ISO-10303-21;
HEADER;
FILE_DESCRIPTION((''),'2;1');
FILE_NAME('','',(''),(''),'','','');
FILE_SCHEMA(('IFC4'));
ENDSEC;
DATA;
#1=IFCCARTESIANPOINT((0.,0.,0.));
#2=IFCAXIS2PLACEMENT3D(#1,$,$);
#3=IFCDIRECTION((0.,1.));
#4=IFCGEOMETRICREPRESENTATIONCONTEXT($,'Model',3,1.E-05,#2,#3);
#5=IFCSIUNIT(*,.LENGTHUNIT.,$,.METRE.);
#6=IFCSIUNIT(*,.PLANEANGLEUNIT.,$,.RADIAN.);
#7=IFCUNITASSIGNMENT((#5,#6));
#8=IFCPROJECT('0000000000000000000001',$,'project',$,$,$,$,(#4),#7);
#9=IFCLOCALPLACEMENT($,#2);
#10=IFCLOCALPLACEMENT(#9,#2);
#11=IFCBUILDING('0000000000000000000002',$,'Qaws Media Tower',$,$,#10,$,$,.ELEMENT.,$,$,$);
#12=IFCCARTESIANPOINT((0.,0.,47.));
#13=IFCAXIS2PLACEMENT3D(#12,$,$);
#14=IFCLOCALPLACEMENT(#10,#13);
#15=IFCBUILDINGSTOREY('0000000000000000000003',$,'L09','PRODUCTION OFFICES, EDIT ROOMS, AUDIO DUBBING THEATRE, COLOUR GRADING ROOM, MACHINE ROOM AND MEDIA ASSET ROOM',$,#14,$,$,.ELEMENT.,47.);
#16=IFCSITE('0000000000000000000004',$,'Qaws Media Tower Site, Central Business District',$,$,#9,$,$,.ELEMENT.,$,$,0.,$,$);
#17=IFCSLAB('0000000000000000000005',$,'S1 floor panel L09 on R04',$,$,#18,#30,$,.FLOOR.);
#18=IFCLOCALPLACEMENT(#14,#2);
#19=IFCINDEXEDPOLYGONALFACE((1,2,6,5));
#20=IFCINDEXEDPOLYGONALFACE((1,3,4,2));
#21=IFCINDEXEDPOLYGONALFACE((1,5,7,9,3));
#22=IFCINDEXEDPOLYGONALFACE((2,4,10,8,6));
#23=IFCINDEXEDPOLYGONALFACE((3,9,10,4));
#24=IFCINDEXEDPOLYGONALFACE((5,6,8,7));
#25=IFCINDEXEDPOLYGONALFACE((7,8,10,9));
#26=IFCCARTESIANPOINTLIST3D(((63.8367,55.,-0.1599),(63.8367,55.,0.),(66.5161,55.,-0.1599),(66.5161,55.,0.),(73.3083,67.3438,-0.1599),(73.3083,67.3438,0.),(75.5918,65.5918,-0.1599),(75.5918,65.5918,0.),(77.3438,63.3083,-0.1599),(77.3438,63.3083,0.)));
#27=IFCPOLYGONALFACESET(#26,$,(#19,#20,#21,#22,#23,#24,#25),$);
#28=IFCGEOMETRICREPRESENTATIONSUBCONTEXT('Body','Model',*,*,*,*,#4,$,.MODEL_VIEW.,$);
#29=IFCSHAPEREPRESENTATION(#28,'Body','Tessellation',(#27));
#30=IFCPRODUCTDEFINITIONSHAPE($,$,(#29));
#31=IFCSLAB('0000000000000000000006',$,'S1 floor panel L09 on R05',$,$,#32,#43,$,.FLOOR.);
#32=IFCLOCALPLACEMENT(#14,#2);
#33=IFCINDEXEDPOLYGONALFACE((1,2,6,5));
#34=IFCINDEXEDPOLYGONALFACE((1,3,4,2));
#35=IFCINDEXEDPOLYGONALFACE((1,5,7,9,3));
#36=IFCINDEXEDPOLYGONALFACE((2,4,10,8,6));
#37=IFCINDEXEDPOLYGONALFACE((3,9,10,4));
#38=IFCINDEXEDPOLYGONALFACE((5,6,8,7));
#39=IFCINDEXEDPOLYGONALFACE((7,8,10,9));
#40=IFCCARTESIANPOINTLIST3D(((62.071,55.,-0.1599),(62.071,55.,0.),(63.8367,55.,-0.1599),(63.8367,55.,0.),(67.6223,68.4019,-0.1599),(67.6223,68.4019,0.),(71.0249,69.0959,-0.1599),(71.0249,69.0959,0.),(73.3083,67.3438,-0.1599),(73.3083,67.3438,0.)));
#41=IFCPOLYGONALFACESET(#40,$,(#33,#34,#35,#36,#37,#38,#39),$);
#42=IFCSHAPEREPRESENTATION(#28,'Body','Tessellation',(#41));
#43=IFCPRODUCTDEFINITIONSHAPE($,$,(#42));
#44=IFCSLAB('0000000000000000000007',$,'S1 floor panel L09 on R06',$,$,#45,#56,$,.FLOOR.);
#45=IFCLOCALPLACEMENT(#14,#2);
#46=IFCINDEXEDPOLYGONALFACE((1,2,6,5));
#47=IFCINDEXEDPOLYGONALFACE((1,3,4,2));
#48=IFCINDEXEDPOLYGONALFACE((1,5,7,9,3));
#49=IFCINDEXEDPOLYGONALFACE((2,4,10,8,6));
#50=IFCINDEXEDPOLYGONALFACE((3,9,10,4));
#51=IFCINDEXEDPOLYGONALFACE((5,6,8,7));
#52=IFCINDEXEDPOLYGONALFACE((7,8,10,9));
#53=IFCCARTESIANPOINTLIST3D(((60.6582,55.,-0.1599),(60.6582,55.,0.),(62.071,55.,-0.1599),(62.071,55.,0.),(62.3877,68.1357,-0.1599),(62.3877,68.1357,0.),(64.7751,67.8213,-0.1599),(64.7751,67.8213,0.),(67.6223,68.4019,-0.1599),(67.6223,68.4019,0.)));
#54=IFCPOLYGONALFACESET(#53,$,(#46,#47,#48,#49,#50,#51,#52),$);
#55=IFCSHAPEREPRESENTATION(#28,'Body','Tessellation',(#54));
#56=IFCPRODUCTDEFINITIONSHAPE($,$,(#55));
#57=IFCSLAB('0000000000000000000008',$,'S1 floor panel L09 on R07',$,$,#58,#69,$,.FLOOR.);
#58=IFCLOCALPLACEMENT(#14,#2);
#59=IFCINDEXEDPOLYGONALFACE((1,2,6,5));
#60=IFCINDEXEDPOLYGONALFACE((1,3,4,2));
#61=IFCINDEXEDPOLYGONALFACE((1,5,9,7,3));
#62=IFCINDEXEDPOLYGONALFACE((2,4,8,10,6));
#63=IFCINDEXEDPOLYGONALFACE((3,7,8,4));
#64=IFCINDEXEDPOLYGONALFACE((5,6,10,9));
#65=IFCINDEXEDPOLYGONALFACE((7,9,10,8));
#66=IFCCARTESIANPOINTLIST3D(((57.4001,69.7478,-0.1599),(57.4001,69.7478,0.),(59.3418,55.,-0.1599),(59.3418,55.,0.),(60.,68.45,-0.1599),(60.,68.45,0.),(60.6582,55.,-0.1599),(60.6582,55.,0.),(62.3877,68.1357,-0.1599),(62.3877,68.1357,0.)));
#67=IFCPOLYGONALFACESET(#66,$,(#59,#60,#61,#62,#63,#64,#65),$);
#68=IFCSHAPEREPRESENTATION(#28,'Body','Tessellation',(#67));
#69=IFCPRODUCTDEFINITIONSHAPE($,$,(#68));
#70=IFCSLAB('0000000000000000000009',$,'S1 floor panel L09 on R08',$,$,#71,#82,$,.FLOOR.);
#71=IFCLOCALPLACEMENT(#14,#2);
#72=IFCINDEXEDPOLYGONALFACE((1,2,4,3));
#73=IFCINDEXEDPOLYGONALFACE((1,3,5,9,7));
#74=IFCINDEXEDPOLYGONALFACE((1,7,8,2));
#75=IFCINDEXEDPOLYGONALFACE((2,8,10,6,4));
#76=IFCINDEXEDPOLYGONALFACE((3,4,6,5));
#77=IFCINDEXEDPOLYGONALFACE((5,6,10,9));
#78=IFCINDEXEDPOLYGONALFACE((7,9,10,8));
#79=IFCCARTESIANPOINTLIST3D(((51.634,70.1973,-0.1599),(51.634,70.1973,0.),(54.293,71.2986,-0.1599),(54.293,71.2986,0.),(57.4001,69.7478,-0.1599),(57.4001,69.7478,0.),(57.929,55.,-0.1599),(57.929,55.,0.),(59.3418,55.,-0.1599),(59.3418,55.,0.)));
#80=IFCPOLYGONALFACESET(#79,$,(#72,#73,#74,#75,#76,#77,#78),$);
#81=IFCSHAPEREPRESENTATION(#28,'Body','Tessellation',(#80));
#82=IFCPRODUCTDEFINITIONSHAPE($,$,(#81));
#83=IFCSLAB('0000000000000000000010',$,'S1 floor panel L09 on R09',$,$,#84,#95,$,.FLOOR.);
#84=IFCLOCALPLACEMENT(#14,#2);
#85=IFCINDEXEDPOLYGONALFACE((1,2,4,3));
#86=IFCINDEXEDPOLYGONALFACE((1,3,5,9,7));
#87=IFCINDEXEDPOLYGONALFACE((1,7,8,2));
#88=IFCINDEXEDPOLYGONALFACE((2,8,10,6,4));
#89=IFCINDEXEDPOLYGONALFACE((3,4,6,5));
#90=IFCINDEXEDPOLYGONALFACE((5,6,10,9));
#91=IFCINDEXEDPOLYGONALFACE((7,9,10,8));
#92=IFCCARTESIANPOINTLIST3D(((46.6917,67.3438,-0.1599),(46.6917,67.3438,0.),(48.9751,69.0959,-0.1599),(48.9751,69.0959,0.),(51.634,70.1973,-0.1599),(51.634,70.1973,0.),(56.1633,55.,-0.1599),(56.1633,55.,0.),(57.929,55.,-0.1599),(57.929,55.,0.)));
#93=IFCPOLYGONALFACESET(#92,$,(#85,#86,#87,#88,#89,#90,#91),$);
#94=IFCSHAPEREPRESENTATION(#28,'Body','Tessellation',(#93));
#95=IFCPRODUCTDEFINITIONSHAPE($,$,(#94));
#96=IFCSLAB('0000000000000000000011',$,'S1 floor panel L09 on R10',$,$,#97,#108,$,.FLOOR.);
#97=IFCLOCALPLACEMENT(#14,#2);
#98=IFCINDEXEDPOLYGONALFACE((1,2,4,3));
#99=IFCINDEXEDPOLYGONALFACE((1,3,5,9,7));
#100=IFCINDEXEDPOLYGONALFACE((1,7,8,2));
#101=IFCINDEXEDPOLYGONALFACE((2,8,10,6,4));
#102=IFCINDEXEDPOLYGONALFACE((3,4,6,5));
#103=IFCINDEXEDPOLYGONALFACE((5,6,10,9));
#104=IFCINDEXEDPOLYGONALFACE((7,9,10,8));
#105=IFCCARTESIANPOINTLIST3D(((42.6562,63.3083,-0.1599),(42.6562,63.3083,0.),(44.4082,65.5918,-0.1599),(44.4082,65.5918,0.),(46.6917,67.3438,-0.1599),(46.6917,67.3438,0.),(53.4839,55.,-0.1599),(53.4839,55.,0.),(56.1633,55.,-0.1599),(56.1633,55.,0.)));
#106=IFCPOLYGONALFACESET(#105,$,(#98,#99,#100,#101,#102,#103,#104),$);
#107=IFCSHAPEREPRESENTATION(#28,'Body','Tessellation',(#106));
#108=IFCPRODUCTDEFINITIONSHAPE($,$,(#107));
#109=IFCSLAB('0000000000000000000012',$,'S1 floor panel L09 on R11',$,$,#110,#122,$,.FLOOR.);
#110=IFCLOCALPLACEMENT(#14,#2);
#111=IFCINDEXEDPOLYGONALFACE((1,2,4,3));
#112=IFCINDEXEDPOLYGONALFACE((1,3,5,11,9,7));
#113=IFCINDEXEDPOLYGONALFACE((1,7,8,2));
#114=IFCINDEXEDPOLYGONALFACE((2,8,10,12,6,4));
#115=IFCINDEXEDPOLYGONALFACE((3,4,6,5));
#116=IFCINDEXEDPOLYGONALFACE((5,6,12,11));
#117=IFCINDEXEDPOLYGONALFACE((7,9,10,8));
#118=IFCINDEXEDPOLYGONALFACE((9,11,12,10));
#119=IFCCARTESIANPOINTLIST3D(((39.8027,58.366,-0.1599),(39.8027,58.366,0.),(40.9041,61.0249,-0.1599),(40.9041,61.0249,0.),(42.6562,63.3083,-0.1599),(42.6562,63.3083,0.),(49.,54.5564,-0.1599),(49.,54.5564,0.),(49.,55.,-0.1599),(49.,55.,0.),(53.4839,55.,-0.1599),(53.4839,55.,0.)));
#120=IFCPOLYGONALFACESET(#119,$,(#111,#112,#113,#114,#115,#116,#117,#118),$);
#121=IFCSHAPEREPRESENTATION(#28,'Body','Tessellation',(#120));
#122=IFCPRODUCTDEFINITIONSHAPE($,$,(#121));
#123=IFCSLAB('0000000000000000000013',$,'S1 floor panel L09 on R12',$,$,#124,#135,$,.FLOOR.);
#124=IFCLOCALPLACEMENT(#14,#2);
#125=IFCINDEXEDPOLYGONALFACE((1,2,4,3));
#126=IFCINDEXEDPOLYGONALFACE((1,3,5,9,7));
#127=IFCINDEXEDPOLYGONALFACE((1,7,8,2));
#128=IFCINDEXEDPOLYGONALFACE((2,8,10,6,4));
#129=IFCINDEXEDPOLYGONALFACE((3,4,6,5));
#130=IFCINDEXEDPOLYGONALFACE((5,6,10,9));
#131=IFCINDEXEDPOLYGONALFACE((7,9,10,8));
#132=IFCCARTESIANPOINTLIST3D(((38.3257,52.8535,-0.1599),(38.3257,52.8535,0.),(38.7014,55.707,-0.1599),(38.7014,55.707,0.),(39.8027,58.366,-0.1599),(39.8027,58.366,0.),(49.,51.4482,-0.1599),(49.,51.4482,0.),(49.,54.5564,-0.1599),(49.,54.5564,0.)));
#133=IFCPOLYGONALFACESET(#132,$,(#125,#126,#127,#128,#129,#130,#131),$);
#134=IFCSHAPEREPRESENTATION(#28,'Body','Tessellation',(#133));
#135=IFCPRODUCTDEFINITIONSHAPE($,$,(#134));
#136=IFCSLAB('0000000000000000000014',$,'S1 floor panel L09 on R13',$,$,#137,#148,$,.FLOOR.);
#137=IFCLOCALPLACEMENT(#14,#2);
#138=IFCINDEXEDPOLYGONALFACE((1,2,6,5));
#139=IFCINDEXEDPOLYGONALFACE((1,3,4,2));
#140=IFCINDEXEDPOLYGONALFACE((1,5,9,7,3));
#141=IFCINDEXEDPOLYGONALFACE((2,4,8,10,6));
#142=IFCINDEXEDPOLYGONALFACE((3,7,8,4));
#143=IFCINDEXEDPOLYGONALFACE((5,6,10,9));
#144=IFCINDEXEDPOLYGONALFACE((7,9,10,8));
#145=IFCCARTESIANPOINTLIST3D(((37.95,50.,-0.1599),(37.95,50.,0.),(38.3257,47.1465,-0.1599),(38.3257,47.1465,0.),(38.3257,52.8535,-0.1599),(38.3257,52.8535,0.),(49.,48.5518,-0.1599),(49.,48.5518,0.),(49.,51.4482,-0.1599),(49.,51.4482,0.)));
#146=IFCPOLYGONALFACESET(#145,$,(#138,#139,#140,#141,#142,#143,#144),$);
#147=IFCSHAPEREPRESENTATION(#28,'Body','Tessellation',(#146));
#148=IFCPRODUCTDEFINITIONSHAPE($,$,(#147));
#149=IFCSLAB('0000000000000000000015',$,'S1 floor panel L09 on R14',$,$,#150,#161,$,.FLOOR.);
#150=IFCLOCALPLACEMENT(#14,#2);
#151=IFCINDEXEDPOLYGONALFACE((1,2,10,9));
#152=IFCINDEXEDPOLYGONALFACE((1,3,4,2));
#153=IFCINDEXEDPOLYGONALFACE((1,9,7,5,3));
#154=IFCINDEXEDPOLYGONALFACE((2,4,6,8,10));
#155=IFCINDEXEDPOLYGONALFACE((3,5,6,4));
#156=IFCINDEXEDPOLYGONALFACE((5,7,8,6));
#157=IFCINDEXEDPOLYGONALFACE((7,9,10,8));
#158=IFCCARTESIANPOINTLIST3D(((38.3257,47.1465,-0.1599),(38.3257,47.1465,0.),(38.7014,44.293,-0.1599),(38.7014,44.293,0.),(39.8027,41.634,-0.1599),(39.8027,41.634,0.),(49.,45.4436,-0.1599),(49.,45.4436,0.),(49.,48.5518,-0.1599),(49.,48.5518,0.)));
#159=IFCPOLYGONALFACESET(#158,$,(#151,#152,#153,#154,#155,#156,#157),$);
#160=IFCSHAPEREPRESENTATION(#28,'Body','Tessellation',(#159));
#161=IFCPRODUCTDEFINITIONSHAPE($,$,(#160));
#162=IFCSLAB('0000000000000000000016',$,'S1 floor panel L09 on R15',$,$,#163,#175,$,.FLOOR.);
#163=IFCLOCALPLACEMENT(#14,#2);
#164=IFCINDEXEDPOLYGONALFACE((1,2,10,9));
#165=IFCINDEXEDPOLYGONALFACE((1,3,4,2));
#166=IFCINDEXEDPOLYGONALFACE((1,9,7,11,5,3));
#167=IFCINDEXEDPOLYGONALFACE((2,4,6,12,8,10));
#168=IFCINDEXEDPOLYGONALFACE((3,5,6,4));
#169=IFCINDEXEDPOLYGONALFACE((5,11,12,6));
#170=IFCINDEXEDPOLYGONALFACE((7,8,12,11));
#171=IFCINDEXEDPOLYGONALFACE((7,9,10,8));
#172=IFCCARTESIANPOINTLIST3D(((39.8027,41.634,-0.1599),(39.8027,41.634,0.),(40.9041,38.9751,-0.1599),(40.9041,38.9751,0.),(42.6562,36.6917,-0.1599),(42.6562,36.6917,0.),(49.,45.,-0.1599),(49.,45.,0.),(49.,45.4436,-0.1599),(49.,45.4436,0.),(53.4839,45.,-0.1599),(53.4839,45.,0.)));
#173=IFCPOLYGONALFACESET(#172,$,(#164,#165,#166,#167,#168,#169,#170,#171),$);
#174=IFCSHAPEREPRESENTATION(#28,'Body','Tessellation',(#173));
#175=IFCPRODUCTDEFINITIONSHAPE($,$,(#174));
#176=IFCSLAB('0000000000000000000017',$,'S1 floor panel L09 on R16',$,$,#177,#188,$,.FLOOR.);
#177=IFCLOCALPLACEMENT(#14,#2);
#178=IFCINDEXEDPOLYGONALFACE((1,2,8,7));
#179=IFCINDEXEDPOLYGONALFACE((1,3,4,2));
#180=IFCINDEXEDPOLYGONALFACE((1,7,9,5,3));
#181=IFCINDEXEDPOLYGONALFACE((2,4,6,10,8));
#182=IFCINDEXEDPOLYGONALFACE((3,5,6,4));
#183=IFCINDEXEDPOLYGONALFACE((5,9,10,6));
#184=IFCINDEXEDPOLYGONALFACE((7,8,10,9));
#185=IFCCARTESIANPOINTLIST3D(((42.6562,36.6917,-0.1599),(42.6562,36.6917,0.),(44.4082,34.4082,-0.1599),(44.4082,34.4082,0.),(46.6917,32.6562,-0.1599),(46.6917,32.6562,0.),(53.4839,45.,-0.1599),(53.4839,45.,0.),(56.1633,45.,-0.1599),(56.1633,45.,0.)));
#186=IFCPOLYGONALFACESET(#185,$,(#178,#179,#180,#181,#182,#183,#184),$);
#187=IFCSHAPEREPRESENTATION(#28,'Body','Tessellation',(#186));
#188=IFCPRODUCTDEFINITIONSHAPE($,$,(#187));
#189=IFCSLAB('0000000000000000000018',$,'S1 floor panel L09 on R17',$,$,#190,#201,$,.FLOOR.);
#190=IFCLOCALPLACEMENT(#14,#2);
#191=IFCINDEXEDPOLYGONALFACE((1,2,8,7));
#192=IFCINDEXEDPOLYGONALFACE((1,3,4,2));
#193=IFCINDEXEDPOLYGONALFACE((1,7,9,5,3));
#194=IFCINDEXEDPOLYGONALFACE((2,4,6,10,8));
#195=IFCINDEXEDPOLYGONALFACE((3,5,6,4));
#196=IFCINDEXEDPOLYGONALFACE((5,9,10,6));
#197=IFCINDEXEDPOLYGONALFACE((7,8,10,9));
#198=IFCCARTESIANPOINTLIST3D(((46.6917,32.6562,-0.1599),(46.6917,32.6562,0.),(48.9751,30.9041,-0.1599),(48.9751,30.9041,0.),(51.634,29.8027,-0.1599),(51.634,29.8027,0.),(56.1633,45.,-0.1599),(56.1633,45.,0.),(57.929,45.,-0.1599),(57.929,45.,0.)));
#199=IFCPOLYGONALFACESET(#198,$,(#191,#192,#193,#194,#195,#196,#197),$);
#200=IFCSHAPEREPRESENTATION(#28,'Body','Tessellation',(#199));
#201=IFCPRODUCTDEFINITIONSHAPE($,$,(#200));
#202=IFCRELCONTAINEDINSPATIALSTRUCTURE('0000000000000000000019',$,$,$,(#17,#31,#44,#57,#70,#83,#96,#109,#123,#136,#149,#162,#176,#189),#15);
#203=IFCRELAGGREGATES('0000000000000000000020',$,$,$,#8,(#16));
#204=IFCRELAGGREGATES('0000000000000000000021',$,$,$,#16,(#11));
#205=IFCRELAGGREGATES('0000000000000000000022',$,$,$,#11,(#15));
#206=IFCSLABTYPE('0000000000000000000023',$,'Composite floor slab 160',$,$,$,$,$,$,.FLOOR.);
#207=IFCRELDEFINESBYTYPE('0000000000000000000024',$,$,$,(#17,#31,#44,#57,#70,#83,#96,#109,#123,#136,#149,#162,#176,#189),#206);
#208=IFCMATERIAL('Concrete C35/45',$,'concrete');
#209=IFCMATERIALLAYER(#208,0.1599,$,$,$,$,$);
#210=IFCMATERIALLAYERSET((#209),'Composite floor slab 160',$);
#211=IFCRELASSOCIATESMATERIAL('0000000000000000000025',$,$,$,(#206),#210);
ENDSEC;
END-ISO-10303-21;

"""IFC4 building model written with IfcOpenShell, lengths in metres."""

from ifc_helpers import new_model, si_unit, direction, frame, origin, place, context, subcontext, project, spatial, polyline, outline, extrude, material, layer, layer_set, type_object, element, save


model = new_model("IFC4")

# Units and contexts
model_context = context("Model", 3, precision=1e-05, world=origin(), true_north=direction((0.0, 1.0)))
body_context = subcontext(model_context, "Body", "Model", "MODEL_VIEW")
ifc_project = project(units=[si_unit("LENGTHUNIT", "METRE"), si_unit("PLANEANGLEUNIT", "RADIAN")], contexts=[model_context])

# Site, building, storey
site_placement = place(None, origin())
site = spatial("IfcSite", under=ifc_project, at=site_placement, Name="Qaws Media Tower Site, Central Business District", CompositionType="ELEMENT", RefElevation=0.0)
building_placement = place(site_placement, origin())
building = spatial("IfcBuilding", under=site, at=building_placement, Name="Qaws Media Tower", CompositionType="ELEMENT")
storey_placement = place(building_placement, frame((0.0, 0.0, 47.0)))
storey = spatial("IfcBuildingStorey", under=building, at=storey_placement, Name="L09", Description="PRODUCTION OFFICES, EDIT ROOMS, AUDIO DUBBING THEATRE, COLOUR GRADING ROOM, MACHINE ROOM AND MEDIA ASSET ROOM", CompositionType="ELEMENT", Elevation=47.0)

# Slabs
ifc_material_1 = material(Name="Concrete C35/45", Category="concrete")
ifc_layer_1 = layer(ifc_material_1, 0.1599)
ifc_layer_set_1 = layer_set([ifc_layer_1], Name="Composite floor slab 160")
slab_type_1 = type_object("IfcSlabType", Name="Composite floor slab 160", PredefinedType="FLOOR", material=ifc_layer_set_1)
slab_1_placement = place(storey_placement, frame((0.0, 0.0, -0.1599)))
element("IfcSlab", 1, at=slab_1_placement, inside=storey, type_object=slab_type_1, Name="S1 floor panel L09 on R04", PredefinedType="FLOOR", context=body_context, shape_type="SweptSolid", body=[
    extrude(outline(polyline([(75.5918, 65.5918), (77.3438, 63.3083), (66.5161, 55.0), (63.8367, 55.0), (73.3083, 67.3438), (75.5918, 65.5918)])), origin(), (0.0, 0.0, 1.0), 0.1599),
])
slab_2_placement = place(storey_placement, frame((0.0, 0.0, -0.1599)))
element("IfcSlab", 2, at=slab_2_placement, inside=storey, type_object=slab_type_1, Name="S1 floor panel L09 on R05", PredefinedType="FLOOR", context=body_context, shape_type="SweptSolid", body=[
    extrude(outline(polyline([(71.0249, 69.0959), (73.3083, 67.3438), (63.8367, 55.0), (62.071, 55.0), (67.6223, 68.4019), (71.0249, 69.0959)])), origin(), (0.0, 0.0, 1.0), 0.1599),
])
slab_3_placement = place(storey_placement, frame((0.0, 0.0, -0.1599)))
element("IfcSlab", 3, at=slab_3_placement, inside=storey, type_object=slab_type_1, Name="S1 floor panel L09 on R06", PredefinedType="FLOOR", context=body_context, shape_type="SweptSolid", body=[
    extrude(outline(polyline([(64.7751, 67.8213), (67.6223, 68.4019), (62.071, 55.0), (60.6582, 55.0), (62.3877, 68.1357), (64.7751, 67.8213)])), origin(), (0.0, 0.0, 1.0), 0.1599),
])
slab_4_placement = place(storey_placement, frame((0.0, 0.0, -0.1599)))
element("IfcSlab", 4, at=slab_4_placement, inside=storey, type_object=slab_type_1, Name="S1 floor panel L09 on R07", PredefinedType="FLOOR", context=body_context, shape_type="SweptSolid", body=[
    extrude(outline(polyline([(60.0, 68.45), (62.3877, 68.1357), (60.6582, 55.0), (59.3418, 55.0), (57.4001, 69.7478), (60.0, 68.45)])), origin(), (0.0, 0.0, 1.0), 0.1599),
])
slab_5_placement = place(storey_placement, frame((0.0, 0.0, -0.1599)))
element("IfcSlab", 5, at=slab_5_placement, inside=storey, type_object=slab_type_1, Name="S1 floor panel L09 on R08", PredefinedType="FLOOR", context=body_context, shape_type="SweptSolid", body=[
    extrude(outline(polyline([(54.293, 71.2986), (57.4001, 69.7478), (59.3418, 55.0), (57.929, 55.0), (51.634, 70.1973), (54.293, 71.2986)])), origin(), (0.0, 0.0, 1.0), 0.1599),
])
slab_6_placement = place(storey_placement, frame((0.0, 0.0, -0.1599)))
element("IfcSlab", 6, at=slab_6_placement, inside=storey, type_object=slab_type_1, Name="S1 floor panel L09 on R09", PredefinedType="FLOOR", context=body_context, shape_type="SweptSolid", body=[
    extrude(outline(polyline([(48.9751, 69.0959), (51.634, 70.1973), (57.929, 55.0), (56.1633, 55.0), (46.6917, 67.3438), (48.9751, 69.0959)])), origin(), (0.0, 0.0, 1.0), 0.1599),
])
slab_7_placement = place(storey_placement, frame((0.0, 0.0, -0.1599)))
element("IfcSlab", 7, at=slab_7_placement, inside=storey, type_object=slab_type_1, Name="S1 floor panel L09 on R10", PredefinedType="FLOOR", context=body_context, shape_type="SweptSolid", body=[
    extrude(outline(polyline([(44.4082, 65.5918), (46.6917, 67.3438), (56.1633, 55.0), (53.4839, 55.0), (42.6562, 63.3083), (44.4082, 65.5918)])), origin(), (0.0, 0.0, 1.0), 0.1599),
])
slab_8_placement = place(storey_placement, frame((0.0, 0.0, -0.1599)))
element("IfcSlab", 8, at=slab_8_placement, inside=storey, type_object=slab_type_1, Name="S1 floor panel L09 on R11", PredefinedType="FLOOR", context=body_context, shape_type="SweptSolid", body=[
    extrude(outline(polyline([(40.9041, 61.0249), (42.6562, 63.3083), (53.4839, 55.0), (49.0, 55.0), (49.0, 54.5564), (39.8027, 58.366), (40.9041, 61.0249)])), origin(), (0.0, 0.0, 1.0), 0.1599),
])
slab_9_placement = place(storey_placement, frame((0.0, 0.0, -0.1599)))
element("IfcSlab", 9, at=slab_9_placement, inside=storey, type_object=slab_type_1, Name="S1 floor panel L09 on R12", PredefinedType="FLOOR", context=body_context, shape_type="SweptSolid", body=[
    extrude(outline(polyline([(38.7014, 55.707), (39.8027, 58.366), (49.0, 54.5564), (49.0, 51.4482), (38.3257, 52.8535), (38.7014, 55.707)])), origin(), (0.0, 0.0, 1.0), 0.1599),
])
slab_10_placement = place(storey_placement, frame((0.0, 0.0, -0.1599)))
element("IfcSlab", 10, at=slab_10_placement, inside=storey, type_object=slab_type_1, Name="S1 floor panel L09 on R13", PredefinedType="FLOOR", context=body_context, shape_type="SweptSolid", body=[
    extrude(outline(polyline([(37.95, 50.0), (38.3257, 52.8535), (49.0, 51.4482), (49.0, 48.5518), (38.3257, 47.1465), (37.95, 50.0)])), origin(), (0.0, 0.0, 1.0), 0.1599),
])
slab_11_placement = place(storey_placement, frame((0.0, 0.0, -0.1599)))
element("IfcSlab", 11, at=slab_11_placement, inside=storey, type_object=slab_type_1, Name="S1 floor panel L09 on R14", PredefinedType="FLOOR", context=body_context, shape_type="SweptSolid", body=[
    extrude(outline(polyline([(38.7014, 44.293), (38.3257, 47.1465), (49.0, 48.5518), (49.0, 45.4436), (39.8027, 41.634), (38.7014, 44.293)])), origin(), (0.0, 0.0, 1.0), 0.1599),
])
slab_12_placement = place(storey_placement, frame((0.0, 0.0, -0.1599)))
element("IfcSlab", 12, at=slab_12_placement, inside=storey, type_object=slab_type_1, Name="S1 floor panel L09 on R15", PredefinedType="FLOOR", context=body_context, shape_type="SweptSolid", body=[
    extrude(outline(polyline([(40.9041, 38.9751), (39.8027, 41.634), (49.0, 45.4436), (49.0, 45.0), (53.4839, 45.0), (42.6562, 36.6917), (40.9041, 38.9751)])), origin(), (0.0, 0.0, 1.0), 0.1599),
])
slab_13_placement = place(storey_placement, frame((0.0, 0.0, -0.1599)))
element("IfcSlab", 13, at=slab_13_placement, inside=storey, type_object=slab_type_1, Name="S1 floor panel L09 on R16", PredefinedType="FLOOR", context=body_context, shape_type="SweptSolid", body=[
    extrude(outline(polyline([(44.4082, 34.4082), (42.6562, 36.6917), (53.4839, 45.0), (56.1633, 45.0), (46.6917, 32.6562), (44.4082, 34.4082)])), origin(), (0.0, 0.0, 1.0), 0.1599),
])
slab_14_placement = place(storey_placement, frame((0.0, 0.0, -0.1599)))
element("IfcSlab", 14, at=slab_14_placement, inside=storey, type_object=slab_type_1, Name="S1 floor panel L09 on R17", PredefinedType="FLOOR", context=body_context, shape_type="SweptSolid", body=[
    extrude(outline(polyline([(48.9751, 30.9041), (46.6917, 32.6562), (56.1633, 45.0), (57.929, 45.0), (51.634, 29.8027), (48.9751, 30.9041)])), origin(), (0.0, 0.0, 1.0), 0.1599),
])

save(model, "model.ifc")
